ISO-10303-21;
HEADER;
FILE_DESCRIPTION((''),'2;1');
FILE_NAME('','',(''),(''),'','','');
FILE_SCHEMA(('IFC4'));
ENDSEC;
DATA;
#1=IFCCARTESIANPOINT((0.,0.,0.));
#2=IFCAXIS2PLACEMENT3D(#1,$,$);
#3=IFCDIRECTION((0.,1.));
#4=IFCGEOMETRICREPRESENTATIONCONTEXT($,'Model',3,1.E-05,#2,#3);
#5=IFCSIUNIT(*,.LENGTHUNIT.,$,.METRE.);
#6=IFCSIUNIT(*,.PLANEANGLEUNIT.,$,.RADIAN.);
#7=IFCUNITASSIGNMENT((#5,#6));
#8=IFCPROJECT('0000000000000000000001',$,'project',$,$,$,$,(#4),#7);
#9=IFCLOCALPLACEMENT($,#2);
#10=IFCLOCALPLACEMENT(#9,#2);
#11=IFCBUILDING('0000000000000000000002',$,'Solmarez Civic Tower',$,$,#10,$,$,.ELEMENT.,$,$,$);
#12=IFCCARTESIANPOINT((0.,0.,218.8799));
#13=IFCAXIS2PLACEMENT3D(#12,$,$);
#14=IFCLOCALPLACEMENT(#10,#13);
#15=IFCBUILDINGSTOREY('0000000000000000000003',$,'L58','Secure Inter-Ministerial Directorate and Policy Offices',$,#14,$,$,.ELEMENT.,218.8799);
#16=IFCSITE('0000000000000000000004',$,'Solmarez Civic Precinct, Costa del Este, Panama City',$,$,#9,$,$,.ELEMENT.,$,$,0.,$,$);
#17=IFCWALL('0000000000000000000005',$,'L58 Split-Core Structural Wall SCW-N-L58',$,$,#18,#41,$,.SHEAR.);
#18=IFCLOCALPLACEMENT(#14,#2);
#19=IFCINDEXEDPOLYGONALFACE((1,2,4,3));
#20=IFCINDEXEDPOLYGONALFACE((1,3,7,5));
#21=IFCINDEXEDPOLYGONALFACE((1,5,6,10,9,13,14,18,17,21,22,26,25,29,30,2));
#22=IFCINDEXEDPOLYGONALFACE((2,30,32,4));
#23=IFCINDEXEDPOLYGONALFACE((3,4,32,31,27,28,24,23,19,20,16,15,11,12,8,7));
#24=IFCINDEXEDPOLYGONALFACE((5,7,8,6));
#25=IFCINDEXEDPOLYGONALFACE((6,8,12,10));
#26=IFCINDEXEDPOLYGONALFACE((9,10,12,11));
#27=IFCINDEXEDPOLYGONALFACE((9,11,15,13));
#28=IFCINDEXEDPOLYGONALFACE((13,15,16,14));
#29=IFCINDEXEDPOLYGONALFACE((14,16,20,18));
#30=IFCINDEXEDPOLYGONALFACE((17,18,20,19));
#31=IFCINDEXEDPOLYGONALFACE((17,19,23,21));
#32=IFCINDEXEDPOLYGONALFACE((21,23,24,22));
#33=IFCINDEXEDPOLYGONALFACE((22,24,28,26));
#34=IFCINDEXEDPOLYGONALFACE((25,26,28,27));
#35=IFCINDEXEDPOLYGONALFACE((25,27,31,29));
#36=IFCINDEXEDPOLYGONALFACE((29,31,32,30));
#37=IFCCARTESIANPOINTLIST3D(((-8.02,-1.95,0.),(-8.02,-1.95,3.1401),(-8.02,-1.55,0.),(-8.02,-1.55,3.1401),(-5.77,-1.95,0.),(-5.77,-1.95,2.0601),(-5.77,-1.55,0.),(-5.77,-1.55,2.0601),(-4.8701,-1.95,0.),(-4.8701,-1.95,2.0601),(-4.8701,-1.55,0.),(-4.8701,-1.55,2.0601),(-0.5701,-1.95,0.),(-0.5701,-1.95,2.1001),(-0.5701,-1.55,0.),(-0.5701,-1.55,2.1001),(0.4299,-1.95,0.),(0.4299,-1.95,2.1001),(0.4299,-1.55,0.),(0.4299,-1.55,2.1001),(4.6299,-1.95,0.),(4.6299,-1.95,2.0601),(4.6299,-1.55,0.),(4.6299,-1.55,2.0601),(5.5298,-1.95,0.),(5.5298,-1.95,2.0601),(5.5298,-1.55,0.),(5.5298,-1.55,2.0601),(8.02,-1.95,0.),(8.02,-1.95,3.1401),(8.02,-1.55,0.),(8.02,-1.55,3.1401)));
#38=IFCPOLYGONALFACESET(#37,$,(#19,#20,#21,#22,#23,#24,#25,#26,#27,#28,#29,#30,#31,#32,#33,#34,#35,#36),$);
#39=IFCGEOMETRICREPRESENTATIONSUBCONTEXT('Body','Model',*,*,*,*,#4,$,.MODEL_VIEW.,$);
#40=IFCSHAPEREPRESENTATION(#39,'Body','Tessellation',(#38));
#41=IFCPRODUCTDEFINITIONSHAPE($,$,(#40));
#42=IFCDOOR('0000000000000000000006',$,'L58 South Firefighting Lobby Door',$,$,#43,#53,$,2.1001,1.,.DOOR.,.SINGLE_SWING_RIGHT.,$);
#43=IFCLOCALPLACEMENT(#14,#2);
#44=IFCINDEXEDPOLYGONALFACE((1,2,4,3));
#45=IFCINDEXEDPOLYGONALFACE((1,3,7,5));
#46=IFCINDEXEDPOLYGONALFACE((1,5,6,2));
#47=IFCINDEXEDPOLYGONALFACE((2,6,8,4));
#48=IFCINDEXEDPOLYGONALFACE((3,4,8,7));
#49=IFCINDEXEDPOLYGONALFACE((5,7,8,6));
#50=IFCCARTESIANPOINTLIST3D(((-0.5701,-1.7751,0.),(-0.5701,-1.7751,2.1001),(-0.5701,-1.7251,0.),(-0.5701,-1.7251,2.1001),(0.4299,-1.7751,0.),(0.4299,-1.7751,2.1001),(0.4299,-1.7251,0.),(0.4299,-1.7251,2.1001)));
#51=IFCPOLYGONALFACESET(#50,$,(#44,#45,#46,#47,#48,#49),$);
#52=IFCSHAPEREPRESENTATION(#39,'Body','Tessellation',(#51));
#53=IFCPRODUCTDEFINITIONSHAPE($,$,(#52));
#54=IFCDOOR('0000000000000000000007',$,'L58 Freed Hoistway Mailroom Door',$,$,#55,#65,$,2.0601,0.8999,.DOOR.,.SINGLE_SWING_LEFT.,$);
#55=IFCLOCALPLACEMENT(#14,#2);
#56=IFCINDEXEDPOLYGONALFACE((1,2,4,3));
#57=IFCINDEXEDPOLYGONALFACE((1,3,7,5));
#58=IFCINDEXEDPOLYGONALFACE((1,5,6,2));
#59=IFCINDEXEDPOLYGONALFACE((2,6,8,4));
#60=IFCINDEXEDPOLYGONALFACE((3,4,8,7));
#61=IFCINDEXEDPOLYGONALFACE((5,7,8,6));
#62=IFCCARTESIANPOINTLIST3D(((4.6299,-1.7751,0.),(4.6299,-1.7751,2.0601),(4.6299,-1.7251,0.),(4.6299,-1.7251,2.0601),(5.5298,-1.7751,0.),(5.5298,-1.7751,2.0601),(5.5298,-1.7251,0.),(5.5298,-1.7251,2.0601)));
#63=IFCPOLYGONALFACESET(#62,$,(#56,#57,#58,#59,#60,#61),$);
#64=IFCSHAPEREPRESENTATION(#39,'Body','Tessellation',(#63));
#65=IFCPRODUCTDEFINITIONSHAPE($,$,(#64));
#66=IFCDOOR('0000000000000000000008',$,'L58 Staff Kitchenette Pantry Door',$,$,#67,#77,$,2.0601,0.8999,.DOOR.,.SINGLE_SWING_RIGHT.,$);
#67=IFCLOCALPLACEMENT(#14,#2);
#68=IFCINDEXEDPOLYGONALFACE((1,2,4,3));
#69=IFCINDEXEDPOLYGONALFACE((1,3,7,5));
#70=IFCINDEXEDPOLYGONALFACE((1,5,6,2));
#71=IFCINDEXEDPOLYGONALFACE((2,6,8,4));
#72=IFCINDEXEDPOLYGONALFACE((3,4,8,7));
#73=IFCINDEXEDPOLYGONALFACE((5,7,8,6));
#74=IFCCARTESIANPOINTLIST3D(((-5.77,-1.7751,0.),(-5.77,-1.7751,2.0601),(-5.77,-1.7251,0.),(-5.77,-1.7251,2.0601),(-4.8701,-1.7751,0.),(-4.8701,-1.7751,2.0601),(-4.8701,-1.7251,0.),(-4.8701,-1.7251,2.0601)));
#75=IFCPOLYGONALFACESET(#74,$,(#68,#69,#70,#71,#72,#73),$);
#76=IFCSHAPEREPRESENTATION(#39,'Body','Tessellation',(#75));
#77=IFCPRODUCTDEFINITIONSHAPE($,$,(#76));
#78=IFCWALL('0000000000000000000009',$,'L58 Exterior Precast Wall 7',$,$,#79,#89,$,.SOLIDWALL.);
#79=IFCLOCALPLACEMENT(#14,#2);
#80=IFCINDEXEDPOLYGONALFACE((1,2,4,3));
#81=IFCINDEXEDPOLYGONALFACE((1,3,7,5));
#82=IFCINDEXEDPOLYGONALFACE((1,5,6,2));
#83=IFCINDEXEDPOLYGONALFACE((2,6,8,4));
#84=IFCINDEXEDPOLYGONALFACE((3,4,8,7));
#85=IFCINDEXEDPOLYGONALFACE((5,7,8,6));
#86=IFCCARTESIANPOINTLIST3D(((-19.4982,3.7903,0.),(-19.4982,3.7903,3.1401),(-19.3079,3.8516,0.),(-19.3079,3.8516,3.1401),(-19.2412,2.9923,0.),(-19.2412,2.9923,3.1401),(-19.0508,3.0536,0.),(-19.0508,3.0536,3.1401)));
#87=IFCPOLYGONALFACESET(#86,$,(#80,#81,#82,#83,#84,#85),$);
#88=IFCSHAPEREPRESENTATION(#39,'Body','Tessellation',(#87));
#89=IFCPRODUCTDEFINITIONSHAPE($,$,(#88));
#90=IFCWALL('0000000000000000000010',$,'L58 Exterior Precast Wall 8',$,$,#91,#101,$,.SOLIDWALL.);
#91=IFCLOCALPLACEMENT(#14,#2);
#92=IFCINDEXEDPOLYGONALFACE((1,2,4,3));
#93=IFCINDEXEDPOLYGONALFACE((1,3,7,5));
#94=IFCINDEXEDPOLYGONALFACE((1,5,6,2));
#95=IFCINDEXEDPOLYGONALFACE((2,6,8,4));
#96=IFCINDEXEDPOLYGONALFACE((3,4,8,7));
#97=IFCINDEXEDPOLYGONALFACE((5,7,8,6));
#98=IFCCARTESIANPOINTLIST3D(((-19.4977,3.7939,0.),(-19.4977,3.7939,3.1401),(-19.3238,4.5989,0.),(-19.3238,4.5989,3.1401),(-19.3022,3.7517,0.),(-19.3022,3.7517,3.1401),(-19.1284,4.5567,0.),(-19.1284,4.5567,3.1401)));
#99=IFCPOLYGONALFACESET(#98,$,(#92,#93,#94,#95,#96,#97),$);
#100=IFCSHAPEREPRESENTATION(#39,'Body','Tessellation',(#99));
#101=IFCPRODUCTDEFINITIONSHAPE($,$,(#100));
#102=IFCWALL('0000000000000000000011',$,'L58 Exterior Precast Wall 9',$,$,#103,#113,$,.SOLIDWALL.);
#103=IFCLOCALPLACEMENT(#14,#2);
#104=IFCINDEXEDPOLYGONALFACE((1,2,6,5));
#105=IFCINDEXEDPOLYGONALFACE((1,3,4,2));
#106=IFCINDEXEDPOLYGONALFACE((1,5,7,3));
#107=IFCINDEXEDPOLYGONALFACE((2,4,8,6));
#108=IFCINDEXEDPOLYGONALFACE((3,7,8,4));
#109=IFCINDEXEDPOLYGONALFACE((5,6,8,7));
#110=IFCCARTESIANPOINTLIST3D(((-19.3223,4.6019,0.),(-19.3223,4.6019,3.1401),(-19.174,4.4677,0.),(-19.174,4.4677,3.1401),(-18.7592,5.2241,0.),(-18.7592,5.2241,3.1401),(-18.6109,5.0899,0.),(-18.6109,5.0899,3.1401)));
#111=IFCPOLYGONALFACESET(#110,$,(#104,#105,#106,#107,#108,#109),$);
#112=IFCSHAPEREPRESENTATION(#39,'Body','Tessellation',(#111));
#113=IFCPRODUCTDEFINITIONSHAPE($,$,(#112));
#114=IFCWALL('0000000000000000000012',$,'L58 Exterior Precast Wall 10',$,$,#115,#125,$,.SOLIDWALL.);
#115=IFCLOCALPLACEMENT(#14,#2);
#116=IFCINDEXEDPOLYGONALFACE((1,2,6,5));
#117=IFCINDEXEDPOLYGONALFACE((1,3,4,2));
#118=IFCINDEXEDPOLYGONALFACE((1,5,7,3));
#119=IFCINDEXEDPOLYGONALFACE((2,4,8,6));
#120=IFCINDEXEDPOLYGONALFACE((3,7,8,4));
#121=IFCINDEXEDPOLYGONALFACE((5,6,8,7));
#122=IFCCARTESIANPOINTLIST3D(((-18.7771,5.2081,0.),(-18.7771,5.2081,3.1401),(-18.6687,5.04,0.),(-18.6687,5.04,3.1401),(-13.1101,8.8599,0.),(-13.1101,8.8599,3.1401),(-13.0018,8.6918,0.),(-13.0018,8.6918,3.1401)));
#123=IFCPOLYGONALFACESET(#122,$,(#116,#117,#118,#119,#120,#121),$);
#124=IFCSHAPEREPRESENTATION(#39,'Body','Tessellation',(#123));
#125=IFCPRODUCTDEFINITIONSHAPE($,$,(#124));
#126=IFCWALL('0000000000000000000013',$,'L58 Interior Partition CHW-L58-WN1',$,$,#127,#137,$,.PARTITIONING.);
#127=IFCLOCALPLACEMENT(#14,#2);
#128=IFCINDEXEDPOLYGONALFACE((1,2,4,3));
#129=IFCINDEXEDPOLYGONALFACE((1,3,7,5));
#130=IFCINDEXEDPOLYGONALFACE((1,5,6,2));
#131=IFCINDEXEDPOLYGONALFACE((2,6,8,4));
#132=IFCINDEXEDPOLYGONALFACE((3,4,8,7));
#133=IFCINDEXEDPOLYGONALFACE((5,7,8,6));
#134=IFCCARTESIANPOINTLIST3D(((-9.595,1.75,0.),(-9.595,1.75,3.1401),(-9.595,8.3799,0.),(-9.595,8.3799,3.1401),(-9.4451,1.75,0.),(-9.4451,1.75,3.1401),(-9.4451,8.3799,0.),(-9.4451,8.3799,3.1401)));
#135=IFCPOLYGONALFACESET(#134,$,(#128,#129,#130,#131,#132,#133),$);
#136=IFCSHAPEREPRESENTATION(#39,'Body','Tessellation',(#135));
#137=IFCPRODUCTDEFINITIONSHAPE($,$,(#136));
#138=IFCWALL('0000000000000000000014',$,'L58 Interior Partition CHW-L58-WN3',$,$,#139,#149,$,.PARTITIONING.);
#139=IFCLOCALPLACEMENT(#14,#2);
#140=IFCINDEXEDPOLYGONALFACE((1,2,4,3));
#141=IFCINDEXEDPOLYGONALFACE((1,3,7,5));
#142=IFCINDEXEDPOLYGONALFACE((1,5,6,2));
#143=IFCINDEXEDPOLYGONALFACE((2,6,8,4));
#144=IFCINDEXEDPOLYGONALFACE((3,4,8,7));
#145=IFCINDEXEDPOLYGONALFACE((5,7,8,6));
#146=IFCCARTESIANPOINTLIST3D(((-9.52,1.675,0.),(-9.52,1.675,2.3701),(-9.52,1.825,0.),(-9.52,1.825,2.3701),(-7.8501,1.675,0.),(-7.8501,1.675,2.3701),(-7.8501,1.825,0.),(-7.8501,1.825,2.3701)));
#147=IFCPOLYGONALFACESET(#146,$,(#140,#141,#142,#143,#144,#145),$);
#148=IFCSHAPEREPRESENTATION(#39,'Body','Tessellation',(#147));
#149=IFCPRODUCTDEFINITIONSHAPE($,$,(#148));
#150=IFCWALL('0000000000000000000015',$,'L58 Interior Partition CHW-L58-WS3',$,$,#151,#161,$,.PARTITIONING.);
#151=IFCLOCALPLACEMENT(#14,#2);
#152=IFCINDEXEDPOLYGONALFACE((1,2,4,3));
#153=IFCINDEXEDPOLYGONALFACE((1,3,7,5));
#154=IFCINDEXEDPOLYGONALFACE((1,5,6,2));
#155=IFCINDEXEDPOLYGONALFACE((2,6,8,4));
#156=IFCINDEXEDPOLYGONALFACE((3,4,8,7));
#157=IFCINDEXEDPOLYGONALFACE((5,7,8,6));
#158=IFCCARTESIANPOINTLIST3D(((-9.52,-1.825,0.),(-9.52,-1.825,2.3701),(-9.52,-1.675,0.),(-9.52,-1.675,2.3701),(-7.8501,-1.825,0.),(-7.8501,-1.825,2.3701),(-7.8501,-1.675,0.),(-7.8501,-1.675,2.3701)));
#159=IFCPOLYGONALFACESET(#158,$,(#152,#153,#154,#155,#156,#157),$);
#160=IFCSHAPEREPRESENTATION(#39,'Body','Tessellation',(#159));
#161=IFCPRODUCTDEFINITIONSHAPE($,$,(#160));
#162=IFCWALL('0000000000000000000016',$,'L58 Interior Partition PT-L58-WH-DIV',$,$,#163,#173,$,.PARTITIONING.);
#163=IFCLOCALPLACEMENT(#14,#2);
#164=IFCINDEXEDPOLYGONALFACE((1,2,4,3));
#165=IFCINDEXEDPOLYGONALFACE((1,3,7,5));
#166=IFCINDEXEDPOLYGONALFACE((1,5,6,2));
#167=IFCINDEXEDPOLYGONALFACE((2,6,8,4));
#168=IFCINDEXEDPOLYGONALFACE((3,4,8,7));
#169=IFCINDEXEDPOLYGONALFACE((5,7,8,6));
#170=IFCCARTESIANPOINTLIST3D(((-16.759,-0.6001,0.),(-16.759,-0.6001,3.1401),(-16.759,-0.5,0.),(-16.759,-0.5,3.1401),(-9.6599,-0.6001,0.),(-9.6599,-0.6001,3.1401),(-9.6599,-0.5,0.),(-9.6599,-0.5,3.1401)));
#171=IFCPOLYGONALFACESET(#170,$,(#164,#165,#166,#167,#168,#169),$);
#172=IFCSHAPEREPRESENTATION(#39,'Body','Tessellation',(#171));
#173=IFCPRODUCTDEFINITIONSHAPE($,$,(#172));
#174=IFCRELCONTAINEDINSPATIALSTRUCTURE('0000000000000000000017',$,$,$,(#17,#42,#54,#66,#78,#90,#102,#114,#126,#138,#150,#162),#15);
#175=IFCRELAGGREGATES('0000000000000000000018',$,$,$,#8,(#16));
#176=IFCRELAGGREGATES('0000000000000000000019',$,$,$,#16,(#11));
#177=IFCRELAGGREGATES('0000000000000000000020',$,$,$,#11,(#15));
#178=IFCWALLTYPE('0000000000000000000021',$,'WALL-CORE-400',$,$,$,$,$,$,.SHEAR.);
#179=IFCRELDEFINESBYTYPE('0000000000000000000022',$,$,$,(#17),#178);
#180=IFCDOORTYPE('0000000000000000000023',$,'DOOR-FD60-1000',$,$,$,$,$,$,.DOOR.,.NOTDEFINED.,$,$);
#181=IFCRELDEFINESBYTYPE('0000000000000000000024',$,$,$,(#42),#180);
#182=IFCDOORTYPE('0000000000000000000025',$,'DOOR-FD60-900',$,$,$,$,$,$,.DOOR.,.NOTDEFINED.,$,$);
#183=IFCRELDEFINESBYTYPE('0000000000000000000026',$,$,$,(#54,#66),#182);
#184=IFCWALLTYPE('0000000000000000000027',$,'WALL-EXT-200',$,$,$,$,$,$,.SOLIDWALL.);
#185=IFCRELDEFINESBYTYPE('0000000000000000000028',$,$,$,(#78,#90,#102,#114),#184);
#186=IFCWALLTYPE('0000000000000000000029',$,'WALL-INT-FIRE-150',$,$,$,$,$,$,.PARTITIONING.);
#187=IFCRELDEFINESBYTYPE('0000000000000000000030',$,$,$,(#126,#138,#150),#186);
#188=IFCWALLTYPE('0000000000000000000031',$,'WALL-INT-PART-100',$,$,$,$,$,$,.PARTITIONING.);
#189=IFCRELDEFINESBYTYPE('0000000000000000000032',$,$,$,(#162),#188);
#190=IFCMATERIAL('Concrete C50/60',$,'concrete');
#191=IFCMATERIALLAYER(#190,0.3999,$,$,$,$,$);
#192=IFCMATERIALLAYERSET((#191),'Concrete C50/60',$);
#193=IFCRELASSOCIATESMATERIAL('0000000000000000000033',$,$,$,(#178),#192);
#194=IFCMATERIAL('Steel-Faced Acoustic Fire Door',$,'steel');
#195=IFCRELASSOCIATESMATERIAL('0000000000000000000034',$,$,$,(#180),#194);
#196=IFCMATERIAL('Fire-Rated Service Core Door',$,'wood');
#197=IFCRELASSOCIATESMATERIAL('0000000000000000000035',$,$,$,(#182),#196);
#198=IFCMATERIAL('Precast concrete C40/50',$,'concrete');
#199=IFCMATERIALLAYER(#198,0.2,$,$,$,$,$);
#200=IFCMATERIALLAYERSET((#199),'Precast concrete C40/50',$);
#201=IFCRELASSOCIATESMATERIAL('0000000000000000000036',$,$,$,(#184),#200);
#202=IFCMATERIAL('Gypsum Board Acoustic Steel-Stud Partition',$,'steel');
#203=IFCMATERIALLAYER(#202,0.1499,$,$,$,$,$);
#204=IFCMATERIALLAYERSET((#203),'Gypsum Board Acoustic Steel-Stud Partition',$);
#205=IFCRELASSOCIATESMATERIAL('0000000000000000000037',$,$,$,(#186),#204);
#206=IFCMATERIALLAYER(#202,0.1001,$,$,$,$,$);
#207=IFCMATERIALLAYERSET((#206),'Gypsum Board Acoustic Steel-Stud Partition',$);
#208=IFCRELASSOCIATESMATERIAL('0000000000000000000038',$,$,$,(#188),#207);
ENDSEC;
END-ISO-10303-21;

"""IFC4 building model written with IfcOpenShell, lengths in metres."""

from ifc_helpers import new_model, si_unit, direction, frame, frame_2d, origin, place, context, subcontext, project, spatial, rectangle, extrude, material, layer, layer_set, type_object, element, fill, save


model = new_model("IFC4")

# Units and contexts
model_context = context("Model", 3, precision=1e-05, world=origin(), true_north=direction((0.0, 1.0)))
body_context = subcontext(model_context, "Body", "Model", "MODEL_VIEW")
ifc_project = project(units=[si_unit("LENGTHUNIT", "METRE"), si_unit("PLANEANGLEUNIT", "RADIAN")], contexts=[model_context])

# Site, building, storey
site_placement = place(None, origin())
site = spatial("IfcSite", under=ifc_project, at=site_placement, Name="Solmarez Civic Precinct, Costa del Este, Panama City", CompositionType="ELEMENT", RefElevation=0.0)
building_placement = place(site_placement, origin())
building = spatial("IfcBuilding", under=site, at=building_placement, Name="Solmarez Civic Tower", CompositionType="ELEMENT")
storey_placement = place(building_placement, frame((0.0, 0.0, 218.8799)))
storey = spatial("IfcBuildingStorey", under=building, at=storey_placement, Name="L58", Description="Secure Inter-Ministerial Directorate and Policy Offices", CompositionType="ELEMENT", Elevation=218.8799)

# Shared definitions
ifc_material_1 = material(Name="Concrete C50/60", Category="concrete")

# Shared definitions
ifc_layer_1 = layer(ifc_material_1, 0.3999)
ifc_layer_set_1 = layer_set([ifc_layer_1], Name="Concrete C50/60")
wall_type_1 = type_object("IfcWallType", Name="WALL-CORE-400", PredefinedType="SHEAR", material=ifc_layer_set_1)

# Wall, openings, doors
wall_1_placement = place(storey_placement, frame((-8.02, -1.75, 0.0), z_axis=(0.0, 0.0, 1.0), x_axis=(1.0, 0.0, 0.0)))
wall_1 = element("IfcWall", 1, at=wall_1_placement, inside=storey, type_object=wall_type_1, Name="L58 Split-Core Structural Wall SCW-N-L58", PredefinedType="SHEAR", context=body_context, shape_type="SweptSolid", body=[
    extrude(rectangle(XDim=16.04, YDim=0.3999, at=frame_2d((8.02, 0.0))), origin(), (0.0, 0.0, 1.0), 3.1401),
])
opening_1_placement = place(wall_1_placement, frame((7.45, 0.0, 0.0)))
opening_1 = element("IfcOpeningElement", 2, at=opening_1_placement, cuts=wall_1, PredefinedType="OPENING", context=body_context, shape_type="SweptSolid", body=[
    extrude(rectangle(XDim=1.0, YDim=2.1001, at=frame_2d((0.5, 1.05))), frame((0.0, 0.21, 0.0), z_axis=(0.0, -1.0, 0.0), x_axis=(1.0, 0.0, 0.0)), (0.0, 0.0, 1.0), 0.4199),
])
opening_2_placement = place(wall_1_placement, frame((12.6499, 0.0, 0.0)))
opening_2 = element("IfcOpeningElement", 3, at=opening_2_placement, cuts=wall_1, PredefinedType="OPENING", context=body_context, shape_type="SweptSolid", body=[
    extrude(rectangle(XDim=0.8999, YDim=2.0601, at=frame_2d((0.45, 1.03))), frame((0.0, 0.21, 0.0), z_axis=(0.0, -1.0, 0.0), x_axis=(1.0, 0.0, 0.0)), (0.0, 0.0, 1.0), 0.4199),
])
opening_3_placement = place(wall_1_placement, frame((2.25, 0.0, 0.0)))
opening_3 = element("IfcOpeningElement", 4, at=opening_3_placement, cuts=wall_1, PredefinedType="OPENING", context=body_context, shape_type="SweptSolid", body=[
    extrude(rectangle(XDim=0.8999, YDim=2.0601, at=frame_2d((0.45, 1.03))), frame((0.0, 0.21, 0.0), z_axis=(0.0, -1.0, 0.0), x_axis=(1.0, 0.0, 0.0)), (0.0, 0.0, 1.0), 0.4199),
])
ifc_material_2 = material(Name="Steel-Faced Acoustic Fire Door", Category="steel")
door_type_1 = type_object("IfcDoorType", Name="DOOR-FD60-1000", OperationType="NOTDEFINED", PredefinedType="DOOR", material=ifc_material_2)
door_1_placement = place(opening_1_placement, origin())
door_1 = element("IfcDoor", 5, at=door_1_placement, inside=storey, type_object=door_type_1, Name="L58 South Firefighting Lobby Door", OperationType="SINGLE_SWING_RIGHT", OverallHeight=2.1001, OverallWidth=1.0, PredefinedType="DOOR", context=body_context, shape_type="SweptSolid", body=[
    extrude(rectangle(XDim=1.0, YDim=2.1001, at=frame_2d((0.5, 1.05))), frame((0.0, 0.0249, 0.0), z_axis=(0.0, -1.0, 0.0), x_axis=(1.0, 0.0, 0.0)), (0.0, 0.0, 1.0), 0.05),
])
fill(opening_1, door_1)
ifc_material_3 = material(Name="Fire-Rated Service Core Door", Category="wood")
door_type_2 = type_object("IfcDoorType", Name="DOOR-FD60-900", OperationType="NOTDEFINED", PredefinedType="DOOR", material=ifc_material_3)
door_2_placement = place(opening_2_placement, origin())
door_2 = element("IfcDoor", 6, at=door_2_placement, inside=storey, type_object=door_type_2, Name="L58 Freed Hoistway Mailroom Door", OperationType="SINGLE_SWING_LEFT", OverallHeight=2.0601, OverallWidth=0.8999, PredefinedType="DOOR", context=body_context, shape_type="SweptSolid", body=[
    extrude(rectangle(XDim=0.8999, YDim=2.0601, at=frame_2d((0.45, 1.03))), frame((0.0, 0.0249, 0.0), z_axis=(0.0, -1.0, 0.0), x_axis=(1.0, 0.0, 0.0)), (0.0, 0.0, 1.0), 0.05),
])
fill(opening_2, door_2)
door_3_placement = place(opening_3_placement, origin())
door_3 = element("IfcDoor", 7, at=door_3_placement, inside=storey, type_object=door_type_2, Name="L58 Staff Kitchenette Pantry Door", OperationType="SINGLE_SWING_RIGHT", OverallHeight=2.0601, OverallWidth=0.8999, PredefinedType="DOOR", context=body_context, shape_type="SweptSolid", body=[
    extrude(rectangle(XDim=0.8999, YDim=2.0601, at=frame_2d((0.45, 1.03))), frame((0.0, 0.0249, 0.0), z_axis=(0.0, -1.0, 0.0), x_axis=(1.0, 0.0, 0.0)), (0.0, 0.0, 1.0), 0.05),
])
fill(opening_3, door_3)

# Walls
ifc_material_4 = material(Name="Precast concrete C40/50", Category="concrete")
ifc_layer_2 = layer(ifc_material_4, 0.2)
ifc_layer_set_2 = layer_set([ifc_layer_2], Name="Precast concrete C40/50")
wall_type_2 = type_object("IfcWallType", Name="WALL-EXT-200", PredefinedType="SOLIDWALL", material=ifc_layer_set_2)
wall_2_placement = place(storey_placement, frame((-19.146, 3.0229, 0.0), z_axis=(0.0, 0.0, 1.0), x_axis=(-0.306603, 0.951838, 0.0)))
element("IfcWall", 8, at=wall_2_placement, inside=storey, type_object=wall_type_2, Name="L58 Exterior Precast Wall 7", PredefinedType="SOLIDWALL", context=body_context, shape_type="SweptSolid", body=[
    extrude(rectangle(XDim=0.8384, YDim=0.2, at=frame_2d((0.4192, 0.0))), origin(), (0.0, 0.0, 1.0), 3.1401),
])
wall_3_placement = place(storey_placement, frame((-19.3999, 3.7729, 0.0), z_axis=(0.0, 0.0, 1.0), x_axis=(0.211088, 0.977467, 0.0)))
element("IfcWall", 9, at=wall_3_placement, inside=storey, type_object=wall_type_2, Name="L58 Exterior Precast Wall 8", PredefinedType="SOLIDWALL", context=body_context, shape_type="SweptSolid", body=[
    extrude(rectangle(XDim=0.8235, YDim=0.2, at=frame_2d((0.4116, 0.0))), origin(), (0.0, 0.0, 1.0), 3.1401),
])
wall_4_placement = place(storey_placement, frame((-19.248, 4.5349, 0.0), z_axis=(0.0, 0.0, 1.0), x_axis=(0.67102, 0.741439, 0.0)))
element("IfcWall", 10, at=wall_4_placement, inside=storey, type_object=wall_type_2, Name="L58 Exterior Precast Wall 9", PredefinedType="SOLIDWALL", context=body_context, shape_type="SweptSolid", body=[
    extrude(rectangle(XDim=0.8391, YDim=0.2, at=frame_2d((0.4194, 0.0))), origin(), (0.0, 0.0, 1.0), 3.1401),
])
wall_5_placement = place(storey_placement, frame((-18.7229, 5.124, 0.0), z_axis=(0.0, 0.0, 1.0), x_axis=(0.840585, 0.54168, 0.0)))
element("IfcWall", 11, at=wall_5_placement, inside=storey, type_object=wall_type_2, Name="L58 Exterior Precast Wall 10", PredefinedType="SOLIDWALL", context=body_context, shape_type="SweptSolid", body=[
    extrude(rectangle(XDim=6.7417, YDim=0.2, at=frame_2d((3.3708, 0.0))), origin(), (0.0, 0.0, 1.0), 3.1401),
])
ifc_material_5 = material(Name="Gypsum Board Acoustic Steel-Stud Partition", Category="steel")
ifc_layer_3 = layer(ifc_material_5, 0.1499)
ifc_layer_set_3 = layer_set([ifc_layer_3], Name="Gypsum Board Acoustic Steel-Stud Partition")
wall_type_3 = type_object("IfcWallType", Name="WALL-INT-FIRE-150", PredefinedType="PARTITIONING", material=ifc_layer_set_3)
wall_6_placement = place(storey_placement, frame((-9.52, 1.75, 0.0), z_axis=(0.0, 0.0, 1.0), x_axis=(0.0, 1.0, 0.0)))
element("IfcWall", 12, at=wall_6_placement, inside=storey, type_object=wall_type_3, Name="L58 Interior Partition CHW-L58-WN1", PredefinedType="PARTITIONING", context=body_context, shape_type="SweptSolid", body=[
    extrude(rectangle(XDim=6.6299, YDim=0.1499, at=frame_2d((3.3149, 0.0))), origin(), (0.0, 0.0, 1.0), 3.1401),
])
for number, where, z_axis, x_axis, name in (
    (13, (-7.8501, 1.75, 0.0), (0.0, 0.0, 1.0), (-1.0, 0.0, 0.0), "L58 Interior Partition CHW-L58-WN3"),
    (14, (-7.8501, -1.75, 0.0), (0.0, 0.0, 1.0), (-1.0, 0.0, 0.0), "L58 Interior Partition CHW-L58-WS3"),
):
    element("IfcWall", number, at=place(storey_placement, frame(where, z_axis=z_axis, x_axis=x_axis)), inside=storey, type_object=wall_type_3, Name=name, PredefinedType="PARTITIONING", context=body_context, shape_type="SweptSolid", body=[
        extrude(rectangle(XDim=1.6699, YDim=0.1499, at=frame_2d((0.835, 0.0))), origin(), (0.0, 0.0, 1.0), 2.3701),
    ])
ifc_layer_4 = layer(ifc_material_5, 0.1001)
ifc_layer_set_4 = layer_set([ifc_layer_4], Name="Gypsum Board Acoustic Steel-Stud Partition")
wall_type_4 = type_object("IfcWallType", Name="WALL-INT-PART-100", PredefinedType="PARTITIONING", material=ifc_layer_set_4)
wall_7_placement = place(storey_placement, frame((-16.759, -0.55, 0.0), z_axis=(0.0, 0.0, 1.0), x_axis=(1.0, 0.0, 0.0)))
element("IfcWall", 15, at=wall_7_placement, inside=storey, type_object=wall_type_4, Name="L58 Interior Partition PT-L58-WH-DIV", PredefinedType="PARTITIONING", context=body_context, shape_type="SweptSolid", body=[
    extrude(rectangle(XDim=7.0991, YDim=0.1001, at=frame_2d((3.5496, 0.0))), origin(), (0.0, 0.0, 1.0), 3.1401),
])

save(model, "model.ifc")
